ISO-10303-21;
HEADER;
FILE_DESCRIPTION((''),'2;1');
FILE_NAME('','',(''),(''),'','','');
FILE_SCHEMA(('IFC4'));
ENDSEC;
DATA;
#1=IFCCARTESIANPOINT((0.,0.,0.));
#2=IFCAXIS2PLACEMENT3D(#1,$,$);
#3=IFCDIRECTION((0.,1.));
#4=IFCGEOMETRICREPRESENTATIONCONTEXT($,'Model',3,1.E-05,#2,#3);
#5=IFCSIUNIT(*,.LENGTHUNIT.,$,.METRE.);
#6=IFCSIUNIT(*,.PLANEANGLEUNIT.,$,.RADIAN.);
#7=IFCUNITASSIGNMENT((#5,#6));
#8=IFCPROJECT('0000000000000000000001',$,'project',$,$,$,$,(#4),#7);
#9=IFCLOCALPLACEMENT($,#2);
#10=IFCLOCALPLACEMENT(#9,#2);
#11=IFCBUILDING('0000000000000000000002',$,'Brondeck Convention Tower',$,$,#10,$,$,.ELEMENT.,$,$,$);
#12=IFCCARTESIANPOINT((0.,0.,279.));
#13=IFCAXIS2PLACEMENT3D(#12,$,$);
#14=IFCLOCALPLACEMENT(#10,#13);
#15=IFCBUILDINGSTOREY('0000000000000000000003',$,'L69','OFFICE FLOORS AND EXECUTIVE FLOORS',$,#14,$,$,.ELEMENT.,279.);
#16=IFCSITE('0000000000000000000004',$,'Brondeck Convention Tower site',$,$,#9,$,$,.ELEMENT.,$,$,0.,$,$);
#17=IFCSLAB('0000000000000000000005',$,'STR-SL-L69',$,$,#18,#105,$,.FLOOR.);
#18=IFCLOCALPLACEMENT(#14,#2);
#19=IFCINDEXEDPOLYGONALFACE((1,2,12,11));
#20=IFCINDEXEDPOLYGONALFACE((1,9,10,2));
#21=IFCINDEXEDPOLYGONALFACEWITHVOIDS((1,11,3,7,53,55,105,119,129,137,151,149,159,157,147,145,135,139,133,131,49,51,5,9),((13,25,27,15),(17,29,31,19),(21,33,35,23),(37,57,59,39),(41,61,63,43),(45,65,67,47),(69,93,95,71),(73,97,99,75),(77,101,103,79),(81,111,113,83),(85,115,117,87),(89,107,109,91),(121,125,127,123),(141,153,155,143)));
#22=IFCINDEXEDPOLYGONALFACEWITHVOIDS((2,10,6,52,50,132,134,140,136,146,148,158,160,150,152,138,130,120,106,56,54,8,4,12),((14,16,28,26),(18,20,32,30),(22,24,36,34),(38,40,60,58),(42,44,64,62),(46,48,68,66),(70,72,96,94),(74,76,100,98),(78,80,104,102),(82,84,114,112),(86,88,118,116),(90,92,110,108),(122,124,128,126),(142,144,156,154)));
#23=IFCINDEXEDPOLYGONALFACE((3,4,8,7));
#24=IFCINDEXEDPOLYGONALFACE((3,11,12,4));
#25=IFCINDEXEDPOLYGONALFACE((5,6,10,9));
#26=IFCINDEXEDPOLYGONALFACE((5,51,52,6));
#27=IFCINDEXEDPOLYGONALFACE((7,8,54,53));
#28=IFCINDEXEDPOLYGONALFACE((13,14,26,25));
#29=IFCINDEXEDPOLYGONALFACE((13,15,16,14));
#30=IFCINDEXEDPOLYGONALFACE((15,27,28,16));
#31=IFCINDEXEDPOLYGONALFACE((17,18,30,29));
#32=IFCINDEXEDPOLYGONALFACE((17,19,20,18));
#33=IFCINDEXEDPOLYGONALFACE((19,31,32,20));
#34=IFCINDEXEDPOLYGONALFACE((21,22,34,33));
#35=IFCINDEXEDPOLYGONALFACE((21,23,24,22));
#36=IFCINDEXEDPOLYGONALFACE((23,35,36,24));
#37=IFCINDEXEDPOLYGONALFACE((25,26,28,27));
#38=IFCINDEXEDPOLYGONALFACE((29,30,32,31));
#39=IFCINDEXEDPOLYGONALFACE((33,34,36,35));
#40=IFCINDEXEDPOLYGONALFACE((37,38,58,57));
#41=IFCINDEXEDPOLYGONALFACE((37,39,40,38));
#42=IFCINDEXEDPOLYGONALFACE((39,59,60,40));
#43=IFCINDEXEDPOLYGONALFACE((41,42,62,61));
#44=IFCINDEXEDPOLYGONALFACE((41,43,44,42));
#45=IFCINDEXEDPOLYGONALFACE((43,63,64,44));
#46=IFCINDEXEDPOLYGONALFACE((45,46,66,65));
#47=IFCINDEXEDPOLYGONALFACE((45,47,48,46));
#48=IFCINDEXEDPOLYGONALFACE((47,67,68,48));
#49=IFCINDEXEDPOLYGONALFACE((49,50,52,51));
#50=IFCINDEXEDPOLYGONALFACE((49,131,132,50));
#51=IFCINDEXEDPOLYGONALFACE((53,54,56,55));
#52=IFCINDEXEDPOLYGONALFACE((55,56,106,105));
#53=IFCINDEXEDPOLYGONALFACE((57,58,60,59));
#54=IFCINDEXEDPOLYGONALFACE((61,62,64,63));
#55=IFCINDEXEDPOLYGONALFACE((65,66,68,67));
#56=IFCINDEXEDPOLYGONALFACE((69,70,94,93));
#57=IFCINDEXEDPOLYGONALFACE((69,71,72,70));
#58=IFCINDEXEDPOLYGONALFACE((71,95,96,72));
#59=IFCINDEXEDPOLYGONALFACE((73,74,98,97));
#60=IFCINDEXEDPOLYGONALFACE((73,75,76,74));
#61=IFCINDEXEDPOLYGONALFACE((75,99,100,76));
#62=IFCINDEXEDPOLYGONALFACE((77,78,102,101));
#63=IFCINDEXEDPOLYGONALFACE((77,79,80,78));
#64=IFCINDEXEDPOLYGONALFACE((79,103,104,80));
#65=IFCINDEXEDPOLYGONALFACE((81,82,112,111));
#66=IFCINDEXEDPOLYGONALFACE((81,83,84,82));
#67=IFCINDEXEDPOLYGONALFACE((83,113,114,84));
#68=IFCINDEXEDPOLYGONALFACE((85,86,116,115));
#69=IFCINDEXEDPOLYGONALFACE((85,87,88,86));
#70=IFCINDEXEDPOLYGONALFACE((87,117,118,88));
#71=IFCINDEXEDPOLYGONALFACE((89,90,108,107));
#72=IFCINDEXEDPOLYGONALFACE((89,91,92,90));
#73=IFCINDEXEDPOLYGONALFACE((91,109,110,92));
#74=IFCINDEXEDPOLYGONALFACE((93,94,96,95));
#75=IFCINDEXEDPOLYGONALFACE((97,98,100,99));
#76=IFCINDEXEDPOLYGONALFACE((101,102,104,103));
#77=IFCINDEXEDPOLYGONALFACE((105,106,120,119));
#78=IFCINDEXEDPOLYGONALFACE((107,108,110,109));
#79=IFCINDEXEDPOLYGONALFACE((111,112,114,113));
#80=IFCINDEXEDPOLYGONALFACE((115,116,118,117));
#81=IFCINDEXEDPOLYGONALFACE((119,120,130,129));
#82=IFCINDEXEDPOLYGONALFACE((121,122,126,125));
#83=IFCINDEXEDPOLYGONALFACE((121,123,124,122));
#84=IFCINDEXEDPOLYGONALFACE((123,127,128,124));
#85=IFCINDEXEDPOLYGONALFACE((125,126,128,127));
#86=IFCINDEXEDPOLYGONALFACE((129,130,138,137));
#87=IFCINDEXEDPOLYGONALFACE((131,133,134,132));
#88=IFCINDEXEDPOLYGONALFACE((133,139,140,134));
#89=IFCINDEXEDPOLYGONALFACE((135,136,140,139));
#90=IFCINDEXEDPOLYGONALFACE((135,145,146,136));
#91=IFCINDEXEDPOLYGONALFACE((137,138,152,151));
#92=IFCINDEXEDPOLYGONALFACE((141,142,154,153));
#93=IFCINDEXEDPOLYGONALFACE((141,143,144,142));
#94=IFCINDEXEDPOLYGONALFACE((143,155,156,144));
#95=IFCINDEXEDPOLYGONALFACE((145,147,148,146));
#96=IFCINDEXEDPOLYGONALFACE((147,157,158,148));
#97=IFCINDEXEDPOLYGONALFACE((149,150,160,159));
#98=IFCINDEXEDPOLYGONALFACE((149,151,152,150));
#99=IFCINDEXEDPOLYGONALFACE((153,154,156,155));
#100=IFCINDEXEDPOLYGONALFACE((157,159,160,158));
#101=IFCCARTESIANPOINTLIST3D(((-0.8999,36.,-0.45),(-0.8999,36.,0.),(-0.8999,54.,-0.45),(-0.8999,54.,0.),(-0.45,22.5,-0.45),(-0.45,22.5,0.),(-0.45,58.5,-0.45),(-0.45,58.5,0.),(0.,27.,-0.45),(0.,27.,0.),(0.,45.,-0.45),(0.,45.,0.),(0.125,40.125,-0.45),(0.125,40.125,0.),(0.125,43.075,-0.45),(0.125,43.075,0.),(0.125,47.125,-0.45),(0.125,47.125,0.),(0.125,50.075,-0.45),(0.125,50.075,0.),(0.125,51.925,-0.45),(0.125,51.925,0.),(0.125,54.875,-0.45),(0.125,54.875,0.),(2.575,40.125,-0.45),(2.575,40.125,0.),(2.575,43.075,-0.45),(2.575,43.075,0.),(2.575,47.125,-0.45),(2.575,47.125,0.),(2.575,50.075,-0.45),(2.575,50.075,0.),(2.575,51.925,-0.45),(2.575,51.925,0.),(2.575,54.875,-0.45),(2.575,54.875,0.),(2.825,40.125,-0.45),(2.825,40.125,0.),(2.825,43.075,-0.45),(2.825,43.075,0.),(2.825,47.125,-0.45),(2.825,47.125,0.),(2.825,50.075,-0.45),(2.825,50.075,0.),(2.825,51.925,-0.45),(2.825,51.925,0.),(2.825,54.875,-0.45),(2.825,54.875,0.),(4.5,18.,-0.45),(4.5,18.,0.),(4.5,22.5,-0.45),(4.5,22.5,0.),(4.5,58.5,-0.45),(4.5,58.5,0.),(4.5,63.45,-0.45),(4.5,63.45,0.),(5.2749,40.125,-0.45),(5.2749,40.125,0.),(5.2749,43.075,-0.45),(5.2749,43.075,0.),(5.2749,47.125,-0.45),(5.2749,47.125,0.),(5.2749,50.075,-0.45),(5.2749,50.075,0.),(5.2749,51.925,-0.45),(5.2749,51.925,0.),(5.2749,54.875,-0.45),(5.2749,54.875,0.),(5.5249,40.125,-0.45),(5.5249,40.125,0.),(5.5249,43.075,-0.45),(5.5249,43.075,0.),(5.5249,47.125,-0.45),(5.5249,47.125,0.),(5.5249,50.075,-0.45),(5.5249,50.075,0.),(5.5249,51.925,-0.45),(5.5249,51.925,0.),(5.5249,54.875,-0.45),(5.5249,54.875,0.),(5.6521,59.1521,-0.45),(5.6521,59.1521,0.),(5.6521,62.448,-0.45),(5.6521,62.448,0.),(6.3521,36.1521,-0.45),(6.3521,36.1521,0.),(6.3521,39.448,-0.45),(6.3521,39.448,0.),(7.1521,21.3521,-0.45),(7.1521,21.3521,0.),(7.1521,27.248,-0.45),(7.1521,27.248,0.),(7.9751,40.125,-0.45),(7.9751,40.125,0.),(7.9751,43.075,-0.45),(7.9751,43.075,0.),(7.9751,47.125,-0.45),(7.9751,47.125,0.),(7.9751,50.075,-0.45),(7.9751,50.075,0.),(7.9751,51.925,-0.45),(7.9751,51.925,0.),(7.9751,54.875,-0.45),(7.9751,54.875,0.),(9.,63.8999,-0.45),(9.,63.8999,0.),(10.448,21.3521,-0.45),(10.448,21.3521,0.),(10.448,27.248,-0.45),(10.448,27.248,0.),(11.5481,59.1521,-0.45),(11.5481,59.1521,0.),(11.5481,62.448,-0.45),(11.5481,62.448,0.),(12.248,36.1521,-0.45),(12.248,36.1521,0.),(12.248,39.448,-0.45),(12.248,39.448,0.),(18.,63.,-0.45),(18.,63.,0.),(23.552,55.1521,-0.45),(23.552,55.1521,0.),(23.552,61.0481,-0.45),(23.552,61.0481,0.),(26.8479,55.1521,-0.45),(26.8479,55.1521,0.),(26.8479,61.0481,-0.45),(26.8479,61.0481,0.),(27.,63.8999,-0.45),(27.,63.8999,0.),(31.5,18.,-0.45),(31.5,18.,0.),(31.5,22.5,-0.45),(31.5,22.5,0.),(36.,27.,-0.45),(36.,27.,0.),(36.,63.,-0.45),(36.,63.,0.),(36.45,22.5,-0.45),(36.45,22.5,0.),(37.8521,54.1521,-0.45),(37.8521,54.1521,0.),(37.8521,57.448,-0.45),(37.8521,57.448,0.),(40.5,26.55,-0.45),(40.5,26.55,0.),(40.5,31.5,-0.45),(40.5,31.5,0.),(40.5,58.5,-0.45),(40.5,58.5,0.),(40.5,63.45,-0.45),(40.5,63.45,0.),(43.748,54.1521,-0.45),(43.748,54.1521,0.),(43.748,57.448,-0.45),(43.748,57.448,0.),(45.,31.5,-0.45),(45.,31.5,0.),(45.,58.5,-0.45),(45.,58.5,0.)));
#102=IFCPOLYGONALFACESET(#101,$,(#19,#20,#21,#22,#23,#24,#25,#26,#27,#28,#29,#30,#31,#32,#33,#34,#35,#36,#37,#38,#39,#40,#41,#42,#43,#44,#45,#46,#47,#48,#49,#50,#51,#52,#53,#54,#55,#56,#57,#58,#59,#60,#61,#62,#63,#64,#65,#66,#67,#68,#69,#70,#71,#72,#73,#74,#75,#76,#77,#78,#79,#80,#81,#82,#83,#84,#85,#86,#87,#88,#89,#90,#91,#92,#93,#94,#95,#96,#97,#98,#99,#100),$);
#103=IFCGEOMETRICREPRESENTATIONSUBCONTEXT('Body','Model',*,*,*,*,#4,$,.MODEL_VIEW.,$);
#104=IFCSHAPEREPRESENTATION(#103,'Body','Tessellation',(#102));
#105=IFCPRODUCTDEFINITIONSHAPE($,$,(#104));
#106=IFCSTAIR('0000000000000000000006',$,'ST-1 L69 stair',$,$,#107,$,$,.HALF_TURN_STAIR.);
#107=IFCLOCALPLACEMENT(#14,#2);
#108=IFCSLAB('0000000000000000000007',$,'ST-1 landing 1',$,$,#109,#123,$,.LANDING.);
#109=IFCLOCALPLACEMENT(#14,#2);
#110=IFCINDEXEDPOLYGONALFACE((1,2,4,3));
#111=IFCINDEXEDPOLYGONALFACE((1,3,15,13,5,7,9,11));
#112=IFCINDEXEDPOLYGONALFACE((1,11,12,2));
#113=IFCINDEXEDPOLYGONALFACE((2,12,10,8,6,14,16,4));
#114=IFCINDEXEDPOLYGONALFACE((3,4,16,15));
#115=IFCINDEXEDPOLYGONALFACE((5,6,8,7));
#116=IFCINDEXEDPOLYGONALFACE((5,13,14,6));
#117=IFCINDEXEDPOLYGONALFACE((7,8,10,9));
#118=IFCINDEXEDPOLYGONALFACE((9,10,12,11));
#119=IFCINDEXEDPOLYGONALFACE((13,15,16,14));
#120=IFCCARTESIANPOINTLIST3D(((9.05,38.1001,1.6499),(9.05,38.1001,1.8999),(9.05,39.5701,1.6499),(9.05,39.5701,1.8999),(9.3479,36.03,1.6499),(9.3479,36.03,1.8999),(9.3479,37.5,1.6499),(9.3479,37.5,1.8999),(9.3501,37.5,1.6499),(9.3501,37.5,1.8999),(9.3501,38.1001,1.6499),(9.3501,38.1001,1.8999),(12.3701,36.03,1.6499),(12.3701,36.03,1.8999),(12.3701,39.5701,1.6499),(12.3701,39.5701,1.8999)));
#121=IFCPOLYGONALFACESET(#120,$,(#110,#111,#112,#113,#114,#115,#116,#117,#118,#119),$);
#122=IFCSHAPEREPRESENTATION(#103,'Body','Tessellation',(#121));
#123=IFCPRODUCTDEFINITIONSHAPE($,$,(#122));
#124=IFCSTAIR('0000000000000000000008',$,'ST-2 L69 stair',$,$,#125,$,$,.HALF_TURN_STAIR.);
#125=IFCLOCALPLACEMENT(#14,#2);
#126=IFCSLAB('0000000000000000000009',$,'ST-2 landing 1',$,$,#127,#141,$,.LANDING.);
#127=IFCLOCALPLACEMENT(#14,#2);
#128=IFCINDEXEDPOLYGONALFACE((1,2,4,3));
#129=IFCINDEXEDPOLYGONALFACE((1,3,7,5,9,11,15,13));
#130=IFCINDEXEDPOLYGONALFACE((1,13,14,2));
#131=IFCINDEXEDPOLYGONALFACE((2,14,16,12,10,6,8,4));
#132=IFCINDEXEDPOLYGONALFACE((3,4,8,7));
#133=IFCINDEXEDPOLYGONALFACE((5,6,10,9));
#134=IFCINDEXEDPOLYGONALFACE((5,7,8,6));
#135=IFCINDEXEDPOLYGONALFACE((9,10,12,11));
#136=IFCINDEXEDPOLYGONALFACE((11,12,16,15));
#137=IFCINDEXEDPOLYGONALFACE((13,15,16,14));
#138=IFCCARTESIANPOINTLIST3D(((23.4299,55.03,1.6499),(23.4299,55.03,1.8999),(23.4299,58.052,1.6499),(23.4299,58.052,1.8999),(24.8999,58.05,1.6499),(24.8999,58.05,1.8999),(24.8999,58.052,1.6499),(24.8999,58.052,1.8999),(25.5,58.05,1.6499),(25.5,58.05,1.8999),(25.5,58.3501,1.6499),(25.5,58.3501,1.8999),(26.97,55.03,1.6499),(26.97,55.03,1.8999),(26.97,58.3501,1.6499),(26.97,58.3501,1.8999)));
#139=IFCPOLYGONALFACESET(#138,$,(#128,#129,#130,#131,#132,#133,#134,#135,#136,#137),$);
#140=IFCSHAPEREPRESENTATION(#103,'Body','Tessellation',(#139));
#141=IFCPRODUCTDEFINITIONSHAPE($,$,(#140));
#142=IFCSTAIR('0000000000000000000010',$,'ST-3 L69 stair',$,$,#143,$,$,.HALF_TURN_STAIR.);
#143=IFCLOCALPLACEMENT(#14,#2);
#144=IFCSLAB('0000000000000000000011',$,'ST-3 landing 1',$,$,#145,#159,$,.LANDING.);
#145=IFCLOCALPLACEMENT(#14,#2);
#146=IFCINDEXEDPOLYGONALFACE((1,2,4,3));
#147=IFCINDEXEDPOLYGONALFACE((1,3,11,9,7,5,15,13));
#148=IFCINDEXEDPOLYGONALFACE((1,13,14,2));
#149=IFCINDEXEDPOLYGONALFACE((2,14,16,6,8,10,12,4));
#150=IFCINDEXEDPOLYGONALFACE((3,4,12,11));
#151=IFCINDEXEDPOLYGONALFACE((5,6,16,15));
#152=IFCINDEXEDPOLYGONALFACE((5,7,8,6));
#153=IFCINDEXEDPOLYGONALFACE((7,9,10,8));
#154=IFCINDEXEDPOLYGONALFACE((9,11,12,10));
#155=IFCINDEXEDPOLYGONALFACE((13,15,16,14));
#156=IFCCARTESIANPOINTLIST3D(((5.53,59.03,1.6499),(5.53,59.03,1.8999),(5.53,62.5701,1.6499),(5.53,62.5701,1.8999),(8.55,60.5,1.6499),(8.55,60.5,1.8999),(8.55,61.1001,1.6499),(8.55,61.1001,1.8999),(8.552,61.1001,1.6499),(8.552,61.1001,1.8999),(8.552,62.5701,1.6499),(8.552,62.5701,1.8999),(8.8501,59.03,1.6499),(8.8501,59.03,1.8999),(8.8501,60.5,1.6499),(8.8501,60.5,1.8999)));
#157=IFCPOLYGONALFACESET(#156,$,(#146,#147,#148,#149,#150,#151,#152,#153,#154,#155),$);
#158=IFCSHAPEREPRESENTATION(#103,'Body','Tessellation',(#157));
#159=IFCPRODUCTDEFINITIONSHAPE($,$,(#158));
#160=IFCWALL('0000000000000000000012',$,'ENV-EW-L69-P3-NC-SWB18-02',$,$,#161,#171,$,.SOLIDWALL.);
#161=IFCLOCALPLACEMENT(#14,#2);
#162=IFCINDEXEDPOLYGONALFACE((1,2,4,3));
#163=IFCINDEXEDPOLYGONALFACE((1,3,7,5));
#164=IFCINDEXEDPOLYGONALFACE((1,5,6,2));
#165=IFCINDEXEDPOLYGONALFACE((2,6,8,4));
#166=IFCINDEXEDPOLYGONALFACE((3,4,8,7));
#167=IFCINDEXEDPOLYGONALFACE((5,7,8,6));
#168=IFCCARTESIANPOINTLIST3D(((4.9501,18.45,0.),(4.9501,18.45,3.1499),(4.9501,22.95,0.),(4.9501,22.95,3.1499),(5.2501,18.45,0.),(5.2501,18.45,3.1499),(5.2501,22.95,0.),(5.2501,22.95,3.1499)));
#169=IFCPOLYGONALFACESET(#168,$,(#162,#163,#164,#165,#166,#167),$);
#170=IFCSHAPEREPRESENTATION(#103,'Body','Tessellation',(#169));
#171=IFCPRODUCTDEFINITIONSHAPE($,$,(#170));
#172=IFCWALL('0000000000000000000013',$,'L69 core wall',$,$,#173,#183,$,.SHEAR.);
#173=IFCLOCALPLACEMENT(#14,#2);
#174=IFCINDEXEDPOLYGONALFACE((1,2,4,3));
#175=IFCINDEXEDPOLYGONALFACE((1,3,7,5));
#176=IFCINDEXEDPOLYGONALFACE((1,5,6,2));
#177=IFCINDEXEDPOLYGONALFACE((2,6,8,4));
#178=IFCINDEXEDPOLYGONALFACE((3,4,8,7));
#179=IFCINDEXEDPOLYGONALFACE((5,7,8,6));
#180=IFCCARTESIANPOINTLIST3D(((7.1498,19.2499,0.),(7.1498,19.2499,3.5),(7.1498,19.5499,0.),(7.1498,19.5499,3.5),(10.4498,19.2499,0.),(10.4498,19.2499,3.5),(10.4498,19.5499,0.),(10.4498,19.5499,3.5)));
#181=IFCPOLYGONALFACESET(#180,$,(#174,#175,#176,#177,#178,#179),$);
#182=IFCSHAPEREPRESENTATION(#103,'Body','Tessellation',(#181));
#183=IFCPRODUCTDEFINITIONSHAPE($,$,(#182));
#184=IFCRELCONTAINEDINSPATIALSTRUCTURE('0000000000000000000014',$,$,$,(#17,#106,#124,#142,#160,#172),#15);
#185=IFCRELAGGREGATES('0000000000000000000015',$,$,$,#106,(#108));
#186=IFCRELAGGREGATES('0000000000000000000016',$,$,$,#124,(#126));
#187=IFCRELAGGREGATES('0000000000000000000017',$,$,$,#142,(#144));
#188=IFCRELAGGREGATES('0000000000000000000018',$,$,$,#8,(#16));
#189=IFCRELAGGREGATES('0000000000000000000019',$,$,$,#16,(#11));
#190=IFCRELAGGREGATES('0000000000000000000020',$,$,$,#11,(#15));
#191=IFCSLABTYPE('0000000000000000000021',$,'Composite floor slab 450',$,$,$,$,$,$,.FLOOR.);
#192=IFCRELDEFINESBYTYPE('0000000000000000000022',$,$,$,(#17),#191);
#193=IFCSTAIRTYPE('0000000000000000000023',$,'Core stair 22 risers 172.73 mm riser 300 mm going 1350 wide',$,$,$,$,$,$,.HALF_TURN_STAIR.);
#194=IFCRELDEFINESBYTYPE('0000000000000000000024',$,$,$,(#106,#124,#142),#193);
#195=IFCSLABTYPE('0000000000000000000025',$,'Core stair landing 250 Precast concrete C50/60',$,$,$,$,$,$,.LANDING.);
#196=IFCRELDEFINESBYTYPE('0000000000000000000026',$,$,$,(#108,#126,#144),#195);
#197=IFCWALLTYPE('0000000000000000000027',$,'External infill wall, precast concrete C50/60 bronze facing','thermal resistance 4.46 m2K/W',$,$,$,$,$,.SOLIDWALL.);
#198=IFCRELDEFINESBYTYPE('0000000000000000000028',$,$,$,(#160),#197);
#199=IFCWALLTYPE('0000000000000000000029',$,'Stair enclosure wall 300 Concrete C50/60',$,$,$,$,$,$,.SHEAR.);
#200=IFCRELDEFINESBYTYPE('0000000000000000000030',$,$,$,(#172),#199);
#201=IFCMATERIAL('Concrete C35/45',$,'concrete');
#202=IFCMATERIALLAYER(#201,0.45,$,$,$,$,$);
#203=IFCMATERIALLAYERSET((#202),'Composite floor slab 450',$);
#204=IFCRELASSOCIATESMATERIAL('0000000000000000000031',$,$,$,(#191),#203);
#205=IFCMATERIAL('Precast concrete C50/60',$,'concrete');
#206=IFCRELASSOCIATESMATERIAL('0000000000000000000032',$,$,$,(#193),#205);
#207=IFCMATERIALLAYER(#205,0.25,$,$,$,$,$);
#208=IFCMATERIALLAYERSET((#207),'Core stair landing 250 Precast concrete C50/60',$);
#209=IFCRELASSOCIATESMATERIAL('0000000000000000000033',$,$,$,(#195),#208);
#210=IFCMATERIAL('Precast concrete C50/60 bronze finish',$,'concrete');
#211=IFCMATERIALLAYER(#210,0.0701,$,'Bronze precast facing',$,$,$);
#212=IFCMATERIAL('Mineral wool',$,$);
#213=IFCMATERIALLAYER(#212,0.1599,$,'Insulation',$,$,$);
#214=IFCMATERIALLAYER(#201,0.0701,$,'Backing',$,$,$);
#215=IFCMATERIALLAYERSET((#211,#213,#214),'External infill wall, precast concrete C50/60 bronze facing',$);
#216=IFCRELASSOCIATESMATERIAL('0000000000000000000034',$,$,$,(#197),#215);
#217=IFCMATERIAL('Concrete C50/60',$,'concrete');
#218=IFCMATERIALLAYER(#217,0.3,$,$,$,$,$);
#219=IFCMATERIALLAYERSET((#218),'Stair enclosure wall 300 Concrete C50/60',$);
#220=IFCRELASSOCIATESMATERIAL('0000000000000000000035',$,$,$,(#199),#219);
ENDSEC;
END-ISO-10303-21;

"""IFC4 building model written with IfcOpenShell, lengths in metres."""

from ifc_helpers import new_model, si_unit, direction, frame, frame_2d, origin, place, context, subcontext, project, spatial, polyline, rectangle, outline, extrude, material, layer, layer_set, type_object, element, aggregate, save


model = new_model("IFC4")

# Units and contexts
model_context = context("Model", 3, precision=1e-05, world=origin(), true_north=direction((0.0, 1.0)))
body_context = subcontext(model_context, "Body", "Model", "MODEL_VIEW")
ifc_project = project(units=[si_unit("LENGTHUNIT", "METRE"), si_unit("PLANEANGLEUNIT", "RADIAN")], contexts=[model_context])

# Site, building, storey
site_placement = place(None, origin())
site = spatial("IfcSite", under=ifc_project, at=site_placement, Name="Brondeck Convention Tower site", CompositionType="ELEMENT", RefElevation=0.0)
building_placement = place(site_placement, origin())
building = spatial("IfcBuilding", under=site, at=building_placement, Name="Brondeck Convention Tower", CompositionType="ELEMENT")
storey_placement = place(building_placement, frame((0.0, 0.0, 279.0)))
storey = spatial("IfcBuildingStorey", under=building, at=storey_placement, Name="L69", Description="OFFICE FLOORS AND EXECUTIVE FLOORS", CompositionType="ELEMENT", Elevation=279.0)

# Shared definitions
ifc_material_1 = material(Name="Concrete C50/60", Category="concrete")

# Slab
ifc_material_2 = material(Name="Concrete C35/45", Category="concrete")
ifc_layer_1 = layer(ifc_material_2, 0.45)
ifc_layer_set_1 = layer_set([ifc_layer_1], Name="Composite floor slab 450")
slab_type_1 = type_object("IfcSlabType", Name="Composite floor slab 450", PredefinedType="FLOOR", material=ifc_layer_set_1)
slab_1_placement = place(storey_placement, frame((0.0, 0.0, -0.45)))
element("IfcSlab", 1, at=slab_1_placement, inside=storey, type_object=slab_type_1, Name="STR-SL-L69", PredefinedType="FLOOR", context=body_context, shape_type="SweptSolid", body=[
    extrude(outline(polyline([(4.5, 22.5), (-0.45, 22.5), (0.0, 27.0), (-0.8999, 36.0), (0.0, 45.0), (-0.8999, 54.0), (-0.45, 58.5), (4.5, 58.5), (4.5, 63.45), (9.0, 63.8999), (18.0, 63.0), (27.0, 63.8999), (36.0, 63.0), (40.5, 63.45), (40.5, 58.5), (45.0, 58.5), (45.0, 31.5), (40.5, 31.5), (40.5, 26.55), (36.0, 27.0), (36.45, 22.5), (31.5, 22.5), (31.5, 18.0), (4.5, 18.0), (4.5, 22.5)]), holes=[polyline([(2.575, 43.075), (0.125, 43.075), (0.125, 40.125), (2.575, 40.125), (2.575, 43.075)]), polyline([(5.2749, 40.125), (5.2749, 43.075), (2.825, 43.075), (2.825, 40.125), (5.2749, 40.125)]), polyline([(7.9751, 40.125), (7.9751, 43.075), (5.5249, 43.075), (5.5249, 40.125), (7.9751, 40.125)]), polyline([(2.575, 47.125), (2.575, 50.075), (0.125, 50.075), (0.125, 47.125), (2.575, 47.125)]), polyline([(5.2749, 47.125), (5.2749, 50.075), (2.825, 50.075), (2.825, 47.125), (5.2749, 47.125)]), polyline([(2.575, 51.925), (2.575, 54.875), (0.125, 54.875), (0.125, 51.925), (2.575, 51.925)]), polyline([(5.2749, 51.925), (5.2749, 54.875), (2.825, 54.875), (2.825, 51.925), (5.2749, 51.925)]), polyline([(7.1521, 27.248), (7.1521, 21.3521), (10.448, 21.3521), (10.448, 27.248), (7.1521, 27.248)]), polyline([(12.248, 36.1521), (12.248, 39.448), (6.3521, 39.448), (6.3521, 36.1521), (12.248, 36.1521)]), polyline([(7.9751, 47.125), (7.9751, 50.075), (5.5249, 50.075), (5.5249, 47.125), (7.9751, 47.125)]), polyline([(7.9751, 51.925), (7.9751, 54.875), (5.5249, 54.875), (5.5249, 51.925), (7.9751, 51.925)]), polyline([(43.748, 54.1521), (43.748, 57.448), (37.8521, 57.448), (37.8521, 54.1521), (43.748, 54.1521)]), polyline([(23.552, 55.1521), (26.8479, 55.1521), (26.8479, 61.0481), (23.552, 61.0481), (23.552, 55.1521)]), polyline([(5.6521, 62.448), (5.6521, 59.1521), (11.5481, 59.1521), (11.5481, 62.448), (5.6521, 62.448)])]), origin(), (0.0, 0.0, 1.0), 0.45),
])

# Stairs, slabs
ifc_material_3 = material(Name="Precast concrete C50/60", Category="concrete")
stair_type = type_object("IfcStairType", Name="Core stair 22 risers 172.73 mm riser 300 mm going 1350 wide", PredefinedType="HALF_TURN_STAIR", material=ifc_material_3)
stair_1_placement = place(storey_placement, origin())
stair_1 = element("IfcStair", 2, at=stair_1_placement, inside=storey, type_object=stair_type, Name="ST-1 L69 stair", PredefinedType="HALF_TURN_STAIR")
ifc_layer_2 = layer(ifc_material_3, 0.25)
ifc_layer_set_2 = layer_set([ifc_layer_2], Name="Core stair landing 250 Precast concrete C50/60")
slab_type_2 = type_object("IfcSlabType", Name="Core stair landing 250 Precast concrete C50/60", PredefinedType="LANDING", material=ifc_layer_set_2)
slab_2_placement = place(storey_placement, frame((0.0, 0.0, 1.6499)))
slab_2 = element("IfcSlab", 3, at=slab_2_placement, type_object=slab_type_2, Name="ST-1 landing 1", PredefinedType="LANDING", context=body_context, shape_type="SweptSolid", body=[
    extrude(outline(polyline([(9.3479, 37.5), (9.3501, 37.5), (9.3501, 38.1001), (9.05, 38.1001), (9.05, 39.5701), (12.3701, 39.5701), (12.3701, 36.03), (9.3479, 36.03), (9.3479, 37.5)])), origin(), (0.0, 0.0, 1.0), 0.25),
])
aggregate(stair_1, [slab_2])
stair_2_placement = place(storey_placement, origin())
stair_2 = element("IfcStair", 4, at=stair_2_placement, inside=storey, type_object=stair_type, Name="ST-2 L69 stair", PredefinedType="HALF_TURN_STAIR")
slab_3_placement = place(storey_placement, frame((0.0, 0.0, 1.6499)))
slab_3 = element("IfcSlab", 5, at=slab_3_placement, type_object=slab_type_2, Name="ST-2 landing 1", PredefinedType="LANDING", context=body_context, shape_type="SweptSolid", body=[
    extrude(outline(polyline([(23.4299, 58.052), (24.8999, 58.052), (24.8999, 58.05), (25.5, 58.05), (25.5, 58.3501), (26.97, 58.3501), (26.97, 55.03), (23.4299, 55.03), (23.4299, 58.052)])), origin(), (0.0, 0.0, 1.0), 0.25),
])
aggregate(stair_2, [slab_3])
stair_3_placement = place(storey_placement, origin())
stair_3 = element("IfcStair", 6, at=stair_3_placement, inside=storey, type_object=stair_type, Name="ST-3 L69 stair", PredefinedType="HALF_TURN_STAIR")
slab_4_placement = place(storey_placement, frame((0.0, 0.0, 1.6499)))
slab_4 = element("IfcSlab", 7, at=slab_4_placement, type_object=slab_type_2, Name="ST-3 landing 1", PredefinedType="LANDING", context=body_context, shape_type="SweptSolid", body=[
    extrude(outline(polyline([(8.8501, 60.5), (8.8501, 59.03), (5.53, 59.03), (5.53, 62.5701), (8.552, 62.5701), (8.552, 61.1001), (8.55, 61.1001), (8.55, 60.5), (8.8501, 60.5)])), origin(), (0.0, 0.0, 1.0), 0.25),
])
aggregate(stair_3, [slab_4])

# Walls
ifc_material_4 = material(Name="Precast concrete C50/60 bronze finish", Category="concrete")
ifc_layer_3 = layer(ifc_material_4, 0.0701, Name="Bronze precast facing")
ifc_material_5 = material(Name="Mineral wool")
ifc_layer_4 = layer(ifc_material_5, 0.1599, Name="Insulation")
ifc_layer_5 = layer(ifc_material_2, 0.0701, Name="Backing")
ifc_layer_set_3 = layer_set([ifc_layer_3, ifc_layer_4, ifc_layer_5], Name="External infill wall, precast concrete C50/60 bronze facing")
wall_type_1 = type_object("IfcWallType", Name="External infill wall, precast concrete C50/60 bronze facing", Description="thermal resistance 4.46 m2K/W", PredefinedType="SOLIDWALL", material=ifc_layer_set_3)
wall_1_placement = place(storey_placement, frame((5.1001, 18.45, 0.0), z_axis=(0.0, 0.0, 1.0), x_axis=(0.0, 1.0, 0.0)))
element("IfcWall", 8, at=wall_1_placement, inside=storey, type_object=wall_type_1, Name="ENV-EW-L69-P3-NC-SWB18-02", PredefinedType="SOLIDWALL", context=body_context, shape_type="SweptSolid", body=[
    extrude(rectangle(XDim=4.5, YDim=0.3, at=frame_2d((2.25, 0.0))), origin(), (0.0, 0.0, 1.0), 3.1499),
])
ifc_layer_6 = layer(ifc_material_1, 0.3)
ifc_layer_set_4 = layer_set([ifc_layer_6], Name="Stair enclosure wall 300 Concrete C50/60")
wall_type_2 = type_object("IfcWallType", Name="Stair enclosure wall 300 Concrete C50/60", PredefinedType="SHEAR", material=ifc_layer_set_4)
wall_2_placement = place(storey_placement, frame((7.1499, 19.3999, 0.0), z_axis=(0.0, 0.0, 1.0), x_axis=(1.0, 0.0, 0.0)))
element("IfcWall", 9, at=wall_2_placement, inside=storey, type_object=wall_type_2, Name="L69 core wall", PredefinedType="SHEAR", context=body_context, shape_type="SweptSolid", body=[
    extrude(rectangle(XDim=3.3, YDim=0.3, at=frame_2d((1.6499, 0.0))), origin(), (0.0, 0.0, 1.0), 3.5),
])

save(model, "model.ifc")
